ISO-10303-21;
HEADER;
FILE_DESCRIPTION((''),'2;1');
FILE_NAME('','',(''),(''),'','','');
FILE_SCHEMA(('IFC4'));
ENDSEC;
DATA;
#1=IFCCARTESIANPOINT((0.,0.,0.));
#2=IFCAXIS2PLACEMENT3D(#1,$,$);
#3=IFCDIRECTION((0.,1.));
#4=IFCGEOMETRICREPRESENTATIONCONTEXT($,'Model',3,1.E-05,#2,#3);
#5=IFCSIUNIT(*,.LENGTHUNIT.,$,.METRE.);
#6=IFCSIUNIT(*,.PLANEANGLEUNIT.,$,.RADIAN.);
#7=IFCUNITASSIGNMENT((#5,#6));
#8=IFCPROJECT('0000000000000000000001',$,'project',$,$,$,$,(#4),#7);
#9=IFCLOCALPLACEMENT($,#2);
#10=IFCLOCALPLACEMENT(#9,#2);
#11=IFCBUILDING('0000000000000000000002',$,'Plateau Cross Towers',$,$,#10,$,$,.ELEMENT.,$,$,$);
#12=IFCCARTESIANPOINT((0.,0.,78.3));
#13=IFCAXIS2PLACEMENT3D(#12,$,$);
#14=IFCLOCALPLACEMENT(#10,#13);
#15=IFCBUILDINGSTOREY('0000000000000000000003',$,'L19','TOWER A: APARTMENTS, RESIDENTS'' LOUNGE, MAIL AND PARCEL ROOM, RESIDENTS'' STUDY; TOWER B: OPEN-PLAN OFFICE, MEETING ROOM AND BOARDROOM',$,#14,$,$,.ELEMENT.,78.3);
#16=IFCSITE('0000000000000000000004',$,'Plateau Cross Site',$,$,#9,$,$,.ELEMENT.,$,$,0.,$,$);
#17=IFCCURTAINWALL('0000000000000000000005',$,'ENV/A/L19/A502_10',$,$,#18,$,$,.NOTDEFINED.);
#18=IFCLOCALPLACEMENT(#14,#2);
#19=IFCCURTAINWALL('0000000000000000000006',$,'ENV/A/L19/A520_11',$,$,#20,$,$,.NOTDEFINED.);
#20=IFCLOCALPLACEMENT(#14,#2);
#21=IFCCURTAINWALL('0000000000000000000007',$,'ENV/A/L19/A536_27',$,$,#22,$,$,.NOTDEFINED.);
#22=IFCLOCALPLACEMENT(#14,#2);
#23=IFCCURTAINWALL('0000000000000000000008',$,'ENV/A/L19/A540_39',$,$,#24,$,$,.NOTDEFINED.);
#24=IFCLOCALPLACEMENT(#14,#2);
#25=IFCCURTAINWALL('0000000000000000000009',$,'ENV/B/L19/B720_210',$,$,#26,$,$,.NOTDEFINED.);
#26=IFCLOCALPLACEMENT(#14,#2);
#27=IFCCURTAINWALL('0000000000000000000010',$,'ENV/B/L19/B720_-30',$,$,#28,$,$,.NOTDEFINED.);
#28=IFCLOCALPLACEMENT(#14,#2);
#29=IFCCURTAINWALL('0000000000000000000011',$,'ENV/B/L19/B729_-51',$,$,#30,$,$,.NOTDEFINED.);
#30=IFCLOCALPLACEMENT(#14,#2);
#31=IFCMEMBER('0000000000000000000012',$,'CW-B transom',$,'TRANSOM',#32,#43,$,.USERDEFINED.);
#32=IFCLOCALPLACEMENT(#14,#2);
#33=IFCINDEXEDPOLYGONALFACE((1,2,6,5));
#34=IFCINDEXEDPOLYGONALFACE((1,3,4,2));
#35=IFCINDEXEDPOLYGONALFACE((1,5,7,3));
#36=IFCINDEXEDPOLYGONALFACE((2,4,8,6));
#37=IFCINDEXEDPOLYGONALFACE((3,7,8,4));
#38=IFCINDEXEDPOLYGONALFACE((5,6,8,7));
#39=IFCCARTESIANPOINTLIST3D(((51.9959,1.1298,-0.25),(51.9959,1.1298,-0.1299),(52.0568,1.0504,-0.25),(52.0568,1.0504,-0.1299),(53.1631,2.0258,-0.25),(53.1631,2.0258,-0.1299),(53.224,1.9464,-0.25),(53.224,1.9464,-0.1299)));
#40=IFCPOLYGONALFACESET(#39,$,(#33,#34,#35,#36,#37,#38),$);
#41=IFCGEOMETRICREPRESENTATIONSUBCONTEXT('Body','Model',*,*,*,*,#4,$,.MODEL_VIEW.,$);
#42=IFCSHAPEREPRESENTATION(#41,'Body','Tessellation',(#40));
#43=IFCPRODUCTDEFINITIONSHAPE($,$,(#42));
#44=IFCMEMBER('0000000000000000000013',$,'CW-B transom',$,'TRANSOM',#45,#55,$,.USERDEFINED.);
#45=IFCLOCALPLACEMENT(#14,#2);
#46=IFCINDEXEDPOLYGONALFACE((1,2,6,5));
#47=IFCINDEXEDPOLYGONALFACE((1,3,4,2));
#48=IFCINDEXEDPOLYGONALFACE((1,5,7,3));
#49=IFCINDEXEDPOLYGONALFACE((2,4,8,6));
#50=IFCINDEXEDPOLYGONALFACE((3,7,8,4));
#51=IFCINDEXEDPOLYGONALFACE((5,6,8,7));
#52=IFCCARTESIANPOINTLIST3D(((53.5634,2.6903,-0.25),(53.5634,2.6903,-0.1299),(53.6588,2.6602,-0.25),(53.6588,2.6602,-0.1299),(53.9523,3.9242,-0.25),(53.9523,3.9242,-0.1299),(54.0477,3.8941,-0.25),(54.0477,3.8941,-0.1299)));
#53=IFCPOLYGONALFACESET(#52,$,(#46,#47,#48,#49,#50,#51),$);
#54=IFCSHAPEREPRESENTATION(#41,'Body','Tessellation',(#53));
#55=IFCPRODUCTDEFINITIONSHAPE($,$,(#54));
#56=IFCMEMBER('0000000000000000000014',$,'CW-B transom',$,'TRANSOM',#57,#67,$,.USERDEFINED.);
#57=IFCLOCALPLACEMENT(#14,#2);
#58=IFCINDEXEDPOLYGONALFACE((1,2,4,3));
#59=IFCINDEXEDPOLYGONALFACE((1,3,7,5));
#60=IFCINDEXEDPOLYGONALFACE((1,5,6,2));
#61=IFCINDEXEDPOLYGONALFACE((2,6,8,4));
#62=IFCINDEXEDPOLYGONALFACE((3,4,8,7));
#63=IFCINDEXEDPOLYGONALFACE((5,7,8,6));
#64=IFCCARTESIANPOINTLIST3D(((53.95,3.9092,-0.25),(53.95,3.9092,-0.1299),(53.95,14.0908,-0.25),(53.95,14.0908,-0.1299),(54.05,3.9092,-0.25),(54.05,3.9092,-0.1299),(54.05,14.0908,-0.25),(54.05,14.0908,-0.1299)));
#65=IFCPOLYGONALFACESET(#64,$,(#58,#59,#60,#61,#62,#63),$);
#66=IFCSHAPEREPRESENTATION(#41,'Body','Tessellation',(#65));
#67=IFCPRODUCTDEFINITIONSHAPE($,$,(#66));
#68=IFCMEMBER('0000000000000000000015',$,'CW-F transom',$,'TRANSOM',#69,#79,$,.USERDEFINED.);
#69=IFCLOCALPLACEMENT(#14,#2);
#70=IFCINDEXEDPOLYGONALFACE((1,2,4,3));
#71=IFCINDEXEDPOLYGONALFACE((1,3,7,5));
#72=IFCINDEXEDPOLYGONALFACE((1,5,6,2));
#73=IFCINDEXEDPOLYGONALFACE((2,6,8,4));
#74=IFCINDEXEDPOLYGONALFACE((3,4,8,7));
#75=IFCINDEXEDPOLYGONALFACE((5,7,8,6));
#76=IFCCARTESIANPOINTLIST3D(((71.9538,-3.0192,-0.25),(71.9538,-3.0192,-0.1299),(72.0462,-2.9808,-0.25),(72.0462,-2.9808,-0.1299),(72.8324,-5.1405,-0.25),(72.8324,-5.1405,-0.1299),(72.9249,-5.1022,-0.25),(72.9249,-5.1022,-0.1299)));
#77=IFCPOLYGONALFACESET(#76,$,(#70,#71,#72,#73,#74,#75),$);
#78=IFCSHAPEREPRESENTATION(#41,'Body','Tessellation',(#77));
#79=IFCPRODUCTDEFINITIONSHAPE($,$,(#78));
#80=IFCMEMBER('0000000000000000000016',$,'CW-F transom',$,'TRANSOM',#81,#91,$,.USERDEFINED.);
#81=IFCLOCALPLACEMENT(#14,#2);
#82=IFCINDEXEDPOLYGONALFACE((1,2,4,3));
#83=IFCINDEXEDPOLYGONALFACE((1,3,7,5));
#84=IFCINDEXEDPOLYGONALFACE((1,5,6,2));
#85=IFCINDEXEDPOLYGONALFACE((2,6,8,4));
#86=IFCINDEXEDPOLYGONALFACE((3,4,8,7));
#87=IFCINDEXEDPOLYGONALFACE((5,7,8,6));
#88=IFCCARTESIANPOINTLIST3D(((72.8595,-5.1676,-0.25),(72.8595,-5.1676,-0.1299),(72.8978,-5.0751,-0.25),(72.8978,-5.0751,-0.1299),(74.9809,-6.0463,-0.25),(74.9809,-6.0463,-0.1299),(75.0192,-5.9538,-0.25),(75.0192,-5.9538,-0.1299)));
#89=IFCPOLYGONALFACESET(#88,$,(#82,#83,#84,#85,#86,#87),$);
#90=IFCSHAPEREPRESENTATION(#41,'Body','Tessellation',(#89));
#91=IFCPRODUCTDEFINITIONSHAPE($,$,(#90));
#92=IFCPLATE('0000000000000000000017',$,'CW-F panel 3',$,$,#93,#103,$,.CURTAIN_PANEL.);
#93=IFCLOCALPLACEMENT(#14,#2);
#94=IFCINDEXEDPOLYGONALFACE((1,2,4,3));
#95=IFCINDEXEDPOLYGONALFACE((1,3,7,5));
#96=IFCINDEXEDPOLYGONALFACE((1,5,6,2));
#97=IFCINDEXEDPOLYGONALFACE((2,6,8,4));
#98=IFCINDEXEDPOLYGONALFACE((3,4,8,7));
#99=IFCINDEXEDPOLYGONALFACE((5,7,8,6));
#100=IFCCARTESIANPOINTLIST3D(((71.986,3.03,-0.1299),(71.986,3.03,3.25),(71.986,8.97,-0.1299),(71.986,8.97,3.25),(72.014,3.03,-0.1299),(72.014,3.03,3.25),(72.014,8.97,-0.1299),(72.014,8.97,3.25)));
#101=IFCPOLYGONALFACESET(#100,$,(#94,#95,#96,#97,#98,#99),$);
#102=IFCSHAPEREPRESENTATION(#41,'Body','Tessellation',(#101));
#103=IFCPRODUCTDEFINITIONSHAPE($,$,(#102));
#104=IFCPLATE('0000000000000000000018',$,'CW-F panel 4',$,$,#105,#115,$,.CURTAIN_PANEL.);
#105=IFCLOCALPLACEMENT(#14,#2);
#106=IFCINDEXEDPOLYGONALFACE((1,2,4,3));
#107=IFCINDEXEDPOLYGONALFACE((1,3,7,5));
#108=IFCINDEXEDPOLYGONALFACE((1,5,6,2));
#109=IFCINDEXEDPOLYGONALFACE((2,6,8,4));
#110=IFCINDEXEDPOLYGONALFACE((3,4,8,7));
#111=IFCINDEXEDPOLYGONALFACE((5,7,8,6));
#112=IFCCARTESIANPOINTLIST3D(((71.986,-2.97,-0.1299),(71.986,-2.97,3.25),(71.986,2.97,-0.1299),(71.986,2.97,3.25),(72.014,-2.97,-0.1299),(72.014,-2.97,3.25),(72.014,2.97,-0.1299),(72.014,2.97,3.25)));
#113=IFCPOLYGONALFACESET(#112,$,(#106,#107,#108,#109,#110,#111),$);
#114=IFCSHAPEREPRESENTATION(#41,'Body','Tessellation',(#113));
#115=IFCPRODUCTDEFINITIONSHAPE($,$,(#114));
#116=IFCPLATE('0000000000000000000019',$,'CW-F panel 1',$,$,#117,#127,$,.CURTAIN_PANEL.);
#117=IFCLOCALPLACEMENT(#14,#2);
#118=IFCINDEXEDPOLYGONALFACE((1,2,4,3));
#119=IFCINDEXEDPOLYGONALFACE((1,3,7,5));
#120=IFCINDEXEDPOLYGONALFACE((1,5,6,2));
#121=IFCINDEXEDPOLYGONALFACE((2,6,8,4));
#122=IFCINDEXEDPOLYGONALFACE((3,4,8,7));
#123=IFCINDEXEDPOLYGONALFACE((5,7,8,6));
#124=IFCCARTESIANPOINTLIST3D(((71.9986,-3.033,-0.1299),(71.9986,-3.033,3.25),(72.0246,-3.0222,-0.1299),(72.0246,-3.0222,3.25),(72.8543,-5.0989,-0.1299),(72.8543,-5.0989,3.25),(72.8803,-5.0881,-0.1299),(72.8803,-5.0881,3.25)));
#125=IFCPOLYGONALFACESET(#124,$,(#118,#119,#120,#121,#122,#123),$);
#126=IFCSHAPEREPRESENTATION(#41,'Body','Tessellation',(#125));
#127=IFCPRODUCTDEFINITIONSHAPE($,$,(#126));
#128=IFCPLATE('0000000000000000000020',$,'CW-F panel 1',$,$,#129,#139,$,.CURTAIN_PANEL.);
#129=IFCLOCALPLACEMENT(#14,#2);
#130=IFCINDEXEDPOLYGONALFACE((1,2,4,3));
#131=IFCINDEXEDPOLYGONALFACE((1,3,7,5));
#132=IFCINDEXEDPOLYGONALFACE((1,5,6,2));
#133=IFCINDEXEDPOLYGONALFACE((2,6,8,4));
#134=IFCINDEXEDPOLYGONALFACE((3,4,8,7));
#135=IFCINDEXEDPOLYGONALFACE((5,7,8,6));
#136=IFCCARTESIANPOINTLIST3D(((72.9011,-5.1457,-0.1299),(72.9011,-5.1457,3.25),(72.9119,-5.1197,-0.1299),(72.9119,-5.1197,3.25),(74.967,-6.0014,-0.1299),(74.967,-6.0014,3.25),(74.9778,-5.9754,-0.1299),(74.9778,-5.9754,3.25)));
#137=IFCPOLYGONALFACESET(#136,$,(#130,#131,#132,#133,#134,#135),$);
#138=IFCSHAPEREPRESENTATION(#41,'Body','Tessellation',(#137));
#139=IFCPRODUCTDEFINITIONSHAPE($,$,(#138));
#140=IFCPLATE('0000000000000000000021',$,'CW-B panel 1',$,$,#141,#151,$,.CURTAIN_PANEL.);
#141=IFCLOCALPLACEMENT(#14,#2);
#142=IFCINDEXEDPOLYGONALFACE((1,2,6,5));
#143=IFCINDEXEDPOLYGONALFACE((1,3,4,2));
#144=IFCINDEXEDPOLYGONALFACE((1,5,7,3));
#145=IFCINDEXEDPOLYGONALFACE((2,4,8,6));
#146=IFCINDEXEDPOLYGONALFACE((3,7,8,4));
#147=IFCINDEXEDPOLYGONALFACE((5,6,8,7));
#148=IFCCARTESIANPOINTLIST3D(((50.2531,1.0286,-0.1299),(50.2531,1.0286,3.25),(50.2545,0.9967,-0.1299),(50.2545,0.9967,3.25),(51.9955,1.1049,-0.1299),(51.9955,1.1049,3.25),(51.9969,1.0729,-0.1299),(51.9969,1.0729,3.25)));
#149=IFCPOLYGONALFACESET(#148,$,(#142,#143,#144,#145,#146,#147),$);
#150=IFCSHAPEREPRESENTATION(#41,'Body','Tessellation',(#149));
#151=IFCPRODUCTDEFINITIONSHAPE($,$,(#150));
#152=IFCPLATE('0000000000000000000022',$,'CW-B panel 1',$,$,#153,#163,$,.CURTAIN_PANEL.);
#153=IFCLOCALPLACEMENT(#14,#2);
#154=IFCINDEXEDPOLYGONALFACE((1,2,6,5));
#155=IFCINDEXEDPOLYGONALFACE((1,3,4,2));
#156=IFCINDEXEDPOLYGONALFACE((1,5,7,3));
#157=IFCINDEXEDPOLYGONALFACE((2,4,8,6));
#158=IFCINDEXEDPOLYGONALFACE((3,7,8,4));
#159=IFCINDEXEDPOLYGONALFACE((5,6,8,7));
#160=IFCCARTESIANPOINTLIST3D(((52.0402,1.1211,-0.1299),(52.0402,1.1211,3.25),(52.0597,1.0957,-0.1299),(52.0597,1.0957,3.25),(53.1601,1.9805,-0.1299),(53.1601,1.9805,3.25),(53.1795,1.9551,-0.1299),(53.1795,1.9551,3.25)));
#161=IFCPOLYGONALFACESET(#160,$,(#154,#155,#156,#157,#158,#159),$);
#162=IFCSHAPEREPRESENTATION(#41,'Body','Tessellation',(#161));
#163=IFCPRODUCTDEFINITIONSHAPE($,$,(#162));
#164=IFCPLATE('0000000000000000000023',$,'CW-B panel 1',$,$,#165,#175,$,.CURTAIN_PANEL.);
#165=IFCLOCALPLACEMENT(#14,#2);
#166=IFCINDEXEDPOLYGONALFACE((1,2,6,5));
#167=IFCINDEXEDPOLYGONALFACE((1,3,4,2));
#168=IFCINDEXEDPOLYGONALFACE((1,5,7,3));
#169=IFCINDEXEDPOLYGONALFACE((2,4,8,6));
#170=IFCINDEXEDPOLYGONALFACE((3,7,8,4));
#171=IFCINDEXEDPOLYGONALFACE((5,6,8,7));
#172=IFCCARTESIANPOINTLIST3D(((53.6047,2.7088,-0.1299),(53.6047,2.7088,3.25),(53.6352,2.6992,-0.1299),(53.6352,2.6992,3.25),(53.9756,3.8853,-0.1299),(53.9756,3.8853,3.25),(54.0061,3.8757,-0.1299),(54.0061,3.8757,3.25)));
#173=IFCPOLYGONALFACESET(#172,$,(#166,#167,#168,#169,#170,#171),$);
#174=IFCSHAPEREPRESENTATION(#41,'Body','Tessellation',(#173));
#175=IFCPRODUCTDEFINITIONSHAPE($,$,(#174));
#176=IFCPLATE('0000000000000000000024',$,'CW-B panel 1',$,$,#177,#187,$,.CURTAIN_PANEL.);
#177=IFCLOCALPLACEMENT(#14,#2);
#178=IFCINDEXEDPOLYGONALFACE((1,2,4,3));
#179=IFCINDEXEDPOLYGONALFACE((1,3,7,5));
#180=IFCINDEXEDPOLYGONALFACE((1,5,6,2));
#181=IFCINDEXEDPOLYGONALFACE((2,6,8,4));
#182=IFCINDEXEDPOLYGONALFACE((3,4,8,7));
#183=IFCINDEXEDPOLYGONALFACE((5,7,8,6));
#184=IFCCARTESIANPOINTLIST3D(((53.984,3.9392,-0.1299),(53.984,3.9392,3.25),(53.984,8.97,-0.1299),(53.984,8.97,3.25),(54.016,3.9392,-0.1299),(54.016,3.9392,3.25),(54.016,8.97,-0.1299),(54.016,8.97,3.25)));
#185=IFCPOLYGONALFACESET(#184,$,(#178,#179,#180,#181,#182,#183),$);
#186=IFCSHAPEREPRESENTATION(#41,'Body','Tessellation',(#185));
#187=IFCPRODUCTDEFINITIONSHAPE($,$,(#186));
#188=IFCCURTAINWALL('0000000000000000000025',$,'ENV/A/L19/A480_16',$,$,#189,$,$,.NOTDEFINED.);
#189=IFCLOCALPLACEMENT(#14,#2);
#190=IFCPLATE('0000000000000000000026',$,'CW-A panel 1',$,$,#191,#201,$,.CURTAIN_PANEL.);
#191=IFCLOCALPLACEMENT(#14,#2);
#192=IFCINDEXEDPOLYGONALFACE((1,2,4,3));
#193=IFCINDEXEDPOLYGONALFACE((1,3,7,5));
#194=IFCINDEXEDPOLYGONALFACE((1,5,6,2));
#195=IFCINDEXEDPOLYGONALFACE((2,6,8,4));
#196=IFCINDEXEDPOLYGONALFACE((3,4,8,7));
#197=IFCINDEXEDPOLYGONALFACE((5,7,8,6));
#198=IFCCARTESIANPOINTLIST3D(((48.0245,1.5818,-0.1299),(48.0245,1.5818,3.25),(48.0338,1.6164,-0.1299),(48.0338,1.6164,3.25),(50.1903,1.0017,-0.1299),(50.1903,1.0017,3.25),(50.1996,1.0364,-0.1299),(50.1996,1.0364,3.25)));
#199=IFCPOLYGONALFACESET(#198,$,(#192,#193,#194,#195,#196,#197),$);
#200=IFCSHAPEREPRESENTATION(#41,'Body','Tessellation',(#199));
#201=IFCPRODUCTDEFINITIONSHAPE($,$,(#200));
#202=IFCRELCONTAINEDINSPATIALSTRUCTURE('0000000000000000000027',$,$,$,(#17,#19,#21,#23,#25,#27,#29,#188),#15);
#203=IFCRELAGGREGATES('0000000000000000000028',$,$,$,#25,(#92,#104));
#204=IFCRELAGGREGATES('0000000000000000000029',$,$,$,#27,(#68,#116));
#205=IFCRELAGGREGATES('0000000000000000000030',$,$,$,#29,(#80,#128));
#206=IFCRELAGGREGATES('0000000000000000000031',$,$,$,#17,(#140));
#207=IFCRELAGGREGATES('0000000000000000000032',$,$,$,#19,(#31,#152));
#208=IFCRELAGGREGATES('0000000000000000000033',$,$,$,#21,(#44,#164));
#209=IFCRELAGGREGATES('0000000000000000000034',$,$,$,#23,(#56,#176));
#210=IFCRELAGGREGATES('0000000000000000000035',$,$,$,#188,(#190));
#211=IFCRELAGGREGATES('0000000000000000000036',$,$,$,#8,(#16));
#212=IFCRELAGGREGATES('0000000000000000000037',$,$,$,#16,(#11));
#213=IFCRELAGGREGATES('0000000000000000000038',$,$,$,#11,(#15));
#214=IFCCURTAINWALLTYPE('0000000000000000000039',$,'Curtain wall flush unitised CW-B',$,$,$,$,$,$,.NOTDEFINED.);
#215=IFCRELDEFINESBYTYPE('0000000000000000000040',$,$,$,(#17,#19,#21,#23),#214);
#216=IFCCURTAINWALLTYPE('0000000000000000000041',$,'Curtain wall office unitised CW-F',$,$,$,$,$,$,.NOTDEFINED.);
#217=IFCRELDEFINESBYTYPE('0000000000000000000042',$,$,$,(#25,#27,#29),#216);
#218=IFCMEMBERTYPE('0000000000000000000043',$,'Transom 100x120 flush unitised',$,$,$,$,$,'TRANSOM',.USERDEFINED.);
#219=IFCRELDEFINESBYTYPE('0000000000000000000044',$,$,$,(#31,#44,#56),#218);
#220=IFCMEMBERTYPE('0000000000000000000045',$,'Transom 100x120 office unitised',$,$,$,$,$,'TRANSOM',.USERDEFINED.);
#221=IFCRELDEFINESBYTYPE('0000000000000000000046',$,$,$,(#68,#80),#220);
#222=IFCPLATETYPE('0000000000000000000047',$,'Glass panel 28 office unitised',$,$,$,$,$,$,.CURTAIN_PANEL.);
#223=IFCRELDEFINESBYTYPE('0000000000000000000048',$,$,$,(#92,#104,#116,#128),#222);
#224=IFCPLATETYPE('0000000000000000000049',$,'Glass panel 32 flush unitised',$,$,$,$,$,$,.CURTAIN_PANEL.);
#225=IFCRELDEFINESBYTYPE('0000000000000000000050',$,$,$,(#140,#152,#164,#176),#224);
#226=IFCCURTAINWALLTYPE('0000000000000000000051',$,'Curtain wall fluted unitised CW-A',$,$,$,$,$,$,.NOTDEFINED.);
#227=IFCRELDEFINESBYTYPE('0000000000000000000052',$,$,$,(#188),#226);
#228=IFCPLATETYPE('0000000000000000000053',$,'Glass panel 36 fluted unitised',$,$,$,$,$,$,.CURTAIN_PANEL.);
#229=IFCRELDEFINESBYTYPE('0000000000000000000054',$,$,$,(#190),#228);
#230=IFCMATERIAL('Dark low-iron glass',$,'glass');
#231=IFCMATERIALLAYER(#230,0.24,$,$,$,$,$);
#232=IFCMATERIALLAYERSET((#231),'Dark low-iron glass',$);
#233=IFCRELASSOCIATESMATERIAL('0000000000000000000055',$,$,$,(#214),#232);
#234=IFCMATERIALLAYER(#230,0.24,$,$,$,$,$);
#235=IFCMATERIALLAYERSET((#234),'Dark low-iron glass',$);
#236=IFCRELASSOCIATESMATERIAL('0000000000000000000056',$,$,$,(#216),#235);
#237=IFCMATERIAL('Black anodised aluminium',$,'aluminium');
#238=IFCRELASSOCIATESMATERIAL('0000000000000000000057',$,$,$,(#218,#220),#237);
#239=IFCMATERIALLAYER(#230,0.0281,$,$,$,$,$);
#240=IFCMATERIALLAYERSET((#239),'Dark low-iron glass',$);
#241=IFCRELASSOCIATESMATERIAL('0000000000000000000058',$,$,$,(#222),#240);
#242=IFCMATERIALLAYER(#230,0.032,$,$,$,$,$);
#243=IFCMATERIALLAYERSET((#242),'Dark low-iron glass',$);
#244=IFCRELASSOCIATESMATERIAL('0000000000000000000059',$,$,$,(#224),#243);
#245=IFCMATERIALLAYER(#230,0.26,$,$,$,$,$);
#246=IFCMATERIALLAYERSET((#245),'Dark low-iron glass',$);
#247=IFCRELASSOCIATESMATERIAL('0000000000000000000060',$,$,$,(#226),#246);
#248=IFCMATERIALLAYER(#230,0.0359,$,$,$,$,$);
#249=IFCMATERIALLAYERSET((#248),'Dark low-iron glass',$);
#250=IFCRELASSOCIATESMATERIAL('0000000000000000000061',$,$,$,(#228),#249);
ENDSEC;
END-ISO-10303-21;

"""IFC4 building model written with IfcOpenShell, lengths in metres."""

from ifc_helpers import new_model, si_unit, direction, frame, origin, origin_2d, place, context, subcontext, project, spatial, rectangle, extrude, material, layer, layer_set, material_profile, profile_set, type_object, element, aggregate, save


model = new_model("IFC4")

# Units and contexts
model_context = context("Model", 3, precision=1e-05, world=origin(), true_north=direction((0.0, 1.0)))
body_context = subcontext(model_context, "Body", "Model", "MODEL_VIEW")
ifc_project = project(units=[si_unit("LENGTHUNIT", "METRE"), si_unit("PLANEANGLEUNIT", "RADIAN")], contexts=[model_context])

# Site, building, storey
site_placement = place(None, origin())
site = spatial("IfcSite", under=ifc_project, at=site_placement, Name="Plateau Cross Site", CompositionType="ELEMENT", RefElevation=0.0)
building_placement = place(site_placement, origin())
building = spatial("IfcBuilding", under=site, at=building_placement, Name="Plateau Cross Towers", CompositionType="ELEMENT")
storey_placement = place(building_placement, frame((0.0, 0.0, 78.3)))
storey = spatial("IfcBuildingStorey", under=building, at=storey_placement, Name="L19", Description="TOWER A: APARTMENTS, RESIDENTS' LOUNGE, MAIL AND PARCEL ROOM, RESIDENTS' STUDY; TOWER B: OPEN-PLAN OFFICE, MEETING ROOM AND BOARDROOM", CompositionType="ELEMENT", Elevation=78.3)

# Curtain wall
ifc_material_1 = material(Name="Dark low-iron glass", Category="glass")
ifc_layer_1 = layer(ifc_material_1, 0.24)
ifc_layer_set_1 = layer_set([ifc_layer_1], Name="Dark low-iron glass")
curtain_wall_type_1 = type_object("IfcCurtainWallType", Name="Curtain wall flush unitised CW-B", PredefinedType="NOTDEFINED", material=ifc_layer_set_1)
curtain_wall_1_placement = place(storey_placement, origin())
curtain_wall_1 = element("IfcCurtainWall", 1, at=curtain_wall_1_placement, inside=storey, type_object=curtain_wall_type_1, Name="ENV/A/L19/A502_10", PredefinedType="NOTDEFINED")
ifc_material_2 = material(Name="Black anodised aluminium", Category="aluminium")

# Curtain wall
curtain_wall_2_placement = place(storey_placement, origin())
curtain_wall_2 = element("IfcCurtainWall", 2, at=curtain_wall_2_placement, inside=storey, type_object=curtain_wall_type_1, Name="ENV/A/L19/A520_11", PredefinedType="NOTDEFINED")

# Curtain wall
curtain_wall_3_placement = place(storey_placement, origin())
curtain_wall_3 = element("IfcCurtainWall", 3, at=curtain_wall_3_placement, inside=storey, type_object=curtain_wall_type_1, Name="ENV/A/L19/A536_27", PredefinedType="NOTDEFINED")

# Curtain wall
curtain_wall_4_placement = place(storey_placement, origin())
curtain_wall_4 = element("IfcCurtainWall", 4, at=curtain_wall_4_placement, inside=storey, type_object=curtain_wall_type_1, Name="ENV/A/L19/A540_39", PredefinedType="NOTDEFINED")

# Curtain walls
ifc_layer_2 = layer(ifc_material_1, 0.24)
ifc_layer_set_2 = layer_set([ifc_layer_2], Name="Dark low-iron glass")
curtain_wall_type_2 = type_object("IfcCurtainWallType", Name="Curtain wall office unitised CW-F", PredefinedType="NOTDEFINED", material=ifc_layer_set_2)
curtain_wall_5_placement = place(storey_placement, origin())
curtain_wall_5 = element("IfcCurtainWall", 5, at=curtain_wall_5_placement, inside=storey, type_object=curtain_wall_type_2, Name="ENV/B/L19/B720_210", PredefinedType="NOTDEFINED")
curtain_wall_6_placement = place(storey_placement, origin())
curtain_wall_6 = element("IfcCurtainWall", 6, at=curtain_wall_6_placement, inside=storey, type_object=curtain_wall_type_2, Name="ENV/B/L19/B720_-30", PredefinedType="NOTDEFINED")
curtain_wall_7_placement = place(storey_placement, origin())
curtain_wall_7 = element("IfcCurtainWall", 7, at=curtain_wall_7_placement, inside=storey, type_object=curtain_wall_type_2, Name="ENV/B/L19/B729_-51", PredefinedType="NOTDEFINED")

# Members
ifc_material_profile_1 = material_profile(ifc_material_2, rectangle(XDim=0.1001, YDim=0.1201, at=origin_2d()), Name="TRANSOM 100x120")
ifc_profile_set_1 = profile_set([ifc_material_profile_1], Name="Black anodised aluminium")
member_type_1 = type_object("IfcMemberType", Name="Transom 100x120 flush unitised", ElementType="TRANSOM", PredefinedType="USERDEFINED", material=ifc_profile_set_1)
member_1_placement = place(storey_placement, frame((52.0264, 1.0901, -0.1899), z_axis=(0.79324, 0.608909, 0.0), x_axis=(-0.608909, 0.79324, 0.0)))
member_1 = element("IfcMember", 8, at=member_1_placement, type_object=member_type_1, Name="CW-B transom", ObjectType="TRANSOM", PredefinedType="USERDEFINED", context=body_context, shape_type="SweptSolid", body=[
    extrude(rectangle(XDim=0.1001, YDim=0.1201, at=origin_2d()), origin(), (0.0, 0.0, 1.0), 1.4714),
])
member_2_placement = place(storey_placement, frame((53.6111, 2.6753, -0.1899), z_axis=(0.300617, 0.953745, 0.0), x_axis=(-0.953745, 0.300617, 0.0)))
member_2 = element("IfcMember", 9, at=member_2_placement, type_object=member_type_1, Name="CW-B transom", ObjectType="TRANSOM", PredefinedType="USERDEFINED", context=body_context, shape_type="SweptSolid", body=[
    extrude(rectangle(XDim=0.1001, YDim=0.1201, at=origin_2d()), origin(), (0.0, 0.0, 1.0), 1.2937),
])
member_3_placement = place(storey_placement, frame((54.0, 3.9092, -0.1899), z_axis=(0.0, 1.0, 0.0), x_axis=(-1.0, 0.0, 0.0)))
member_3 = element("IfcMember", 10, at=member_3_placement, type_object=member_type_1, Name="CW-B transom", ObjectType="TRANSOM", PredefinedType="USERDEFINED", context=body_context, shape_type="SweptSolid", body=[
    extrude(rectangle(XDim=0.1001, YDim=0.1201, at=origin_2d()), origin(), (0.0, 0.0, 1.0), 10.1816),
])
ifc_material_profile_2 = material_profile(ifc_material_2, rectangle(XDim=0.1001, YDim=0.1201, at=origin_2d()), Name="TRANSOM 100x120")
ifc_profile_set_2 = profile_set([ifc_material_profile_2], Name="Black anodised aluminium")
member_type_2 = type_object("IfcMemberType", Name="Transom 100x120 office unitised", ElementType="TRANSOM", PredefinedType="USERDEFINED", material=ifc_profile_set_2)
member_4_placement = place(storey_placement, frame((72.0, -3.0, -0.1899), z_axis=(0.382674, -0.923883, 0.0), x_axis=(0.923883, 0.382674, 0.0)))
member_4 = element("IfcMember", 11, at=member_4_placement, type_object=member_type_2, Name="CW-F transom", ObjectType="TRANSOM", PredefinedType="USERDEFINED", context=body_context, shape_type="SweptSolid", body=[
    extrude(rectangle(XDim=0.1001, YDim=0.1201, at=origin_2d()), origin(), (0.0, 0.0, 1.0), 2.2961),
])
member_5_placement = place(storey_placement, frame((72.8787, -5.1213, -0.1899), z_axis=(0.923883, -0.382674, 0.0), x_axis=(0.382674, 0.923883, 0.0)))
member_5 = element("IfcMember", 12, at=member_5_placement, type_object=member_type_2, Name="CW-F transom", ObjectType="TRANSOM", PredefinedType="USERDEFINED", context=body_context, shape_type="SweptSolid", body=[
    extrude(rectangle(XDim=0.1001, YDim=0.1201, at=origin_2d()), origin(), (0.0, 0.0, 1.0), 2.2961),
])

# Plates
ifc_layer_3 = layer(ifc_material_1, 0.0281)
ifc_layer_set_3 = layer_set([ifc_layer_3], Name="Dark low-iron glass")
plate_type_1 = type_object("IfcPlateType", Name="Glass panel 28 office unitised", PredefinedType="CURTAIN_PANEL", material=ifc_layer_set_3)
plate_1_placement = place(storey_placement, frame((72.0, 6.0, -0.1299), z_axis=(0.0, 0.0, 1.0), x_axis=(0.0, -1.0, 0.0)))
plate_1 = element("IfcPlate", 13, at=plate_1_placement, type_object=plate_type_1, Name="CW-F panel 3", PredefinedType="CURTAIN_PANEL", context=body_context, shape_type="SweptSolid", body=[
    extrude(rectangle(XDim=5.9399, YDim=0.0281, at=origin_2d()), origin(), (0.0, 0.0, 1.0), 3.3799),
])
plate_2_placement = place(storey_placement, frame((72.0, 0.0, -0.1299), z_axis=(0.0, 0.0, 1.0), x_axis=(0.0, -1.0, 0.0)))
plate_2 = element("IfcPlate", 14, at=plate_2_placement, type_object=plate_type_1, Name="CW-F panel 4", PredefinedType="CURTAIN_PANEL", context=body_context, shape_type="SweptSolid", body=[
    extrude(rectangle(XDim=5.9399, YDim=0.0281, at=origin_2d()), origin(), (0.0, 0.0, 1.0), 3.3799),
])
aggregate(curtain_wall_5, [plate_1, plate_2])
plate_3_placement = place(storey_placement, frame((72.4395, -4.0605, -0.1299), z_axis=(0.0, 0.0, 1.0), x_axis=(0.382684, -0.923879, 0.0)))
plate_3 = element("IfcPlate", 15, at=plate_3_placement, type_object=plate_type_1, Name="CW-F panel 1", PredefinedType="CURTAIN_PANEL", context=body_context, shape_type="SweptSolid", body=[
    extrude(rectangle(XDim=2.2361, YDim=0.0281, at=origin_2d()), origin(), (0.0, 0.0, 1.0), 3.3799),
])
aggregate(curtain_wall_6, [member_4, plate_3])
plate_4_placement = place(storey_placement, frame((73.9395, -5.5605, -0.1299), z_axis=(0.0, 0.0, 1.0), x_axis=(0.923879, -0.382684, 0.0)))
plate_4 = element("IfcPlate", 16, at=plate_4_placement, type_object=plate_type_1, Name="CW-F panel 1", PredefinedType="CURTAIN_PANEL", context=body_context, shape_type="SweptSolid", body=[
    extrude(rectangle(XDim=2.2361, YDim=0.0281, at=origin_2d()), origin(), (0.0, 0.0, 1.0), 3.3799),
])
aggregate(curtain_wall_7, [member_5, plate_4])
ifc_layer_4 = layer(ifc_material_1, 0.032)
ifc_layer_set_4 = layer_set([ifc_layer_4], Name="Dark low-iron glass")
plate_type_2 = type_object("IfcPlateType", Name="Glass panel 32 flush unitised", PredefinedType="CURTAIN_PANEL", material=ifc_layer_set_4)
plate_5_placement = place(storey_placement, frame((51.125, 1.0508, -0.1299), z_axis=(0.0, 0.0, 1.0), x_axis=(0.999044, 0.043723, 0.0)))
plate_5 = element("IfcPlate", 17, at=plate_5_placement, type_object=plate_type_2, Name="CW-B panel 1", PredefinedType="CURTAIN_PANEL", context=body_context, shape_type="SweptSolid", body=[
    extrude(rectangle(XDim=1.7441, YDim=0.032, at=origin_2d()), origin(), (0.0, 0.0, 1.0), 3.3799),
])
aggregate(curtain_wall_1, [plate_5])
plate_6_placement = place(storey_placement, frame((52.6099, 1.5381, -0.1299), z_axis=(0.0, 0.0, 1.0), x_axis=(0.793316, 0.608811, 0.0)))
plate_6 = element("IfcPlate", 18, at=plate_6_placement, type_object=plate_type_2, Name="CW-B panel 1", PredefinedType="CURTAIN_PANEL", context=body_context, shape_type="SweptSolid", body=[
    extrude(rectangle(XDim=1.4116, YDim=0.032, at=origin_2d()), origin(), (0.0, 0.0, 1.0), 3.3799),
])
aggregate(curtain_wall_2, [member_1, plate_6])
plate_7_placement = place(storey_placement, frame((53.8054, 3.2922, -0.1299), z_axis=(0.0, 0.0, 1.0), x_axis=(0.300686, 0.953723, 0.0)))
plate_7 = element("IfcPlate", 19, at=plate_7_placement, type_object=plate_type_2, Name="CW-B panel 1", PredefinedType="CURTAIN_PANEL", context=body_context, shape_type="SweptSolid", body=[
    extrude(rectangle(XDim=1.2336, YDim=0.032, at=origin_2d()), origin(), (0.0, 0.0, 1.0), 3.3799),
])
aggregate(curtain_wall_3, [member_2, plate_7])
plate_8_placement = place(storey_placement, frame((54.0, 6.4546, -0.1299), z_axis=(0.0, 0.0, 1.0), x_axis=(0.0, 1.0, 0.0)))
plate_8 = element("IfcPlate", 20, at=plate_8_placement, type_object=plate_type_2, Name="CW-B panel 1", PredefinedType="CURTAIN_PANEL", context=body_context, shape_type="SweptSolid", body=[
    extrude(rectangle(XDim=5.0308, YDim=0.032, at=origin_2d()), origin(), (0.0, 0.0, 1.0), 3.3799),
])
aggregate(curtain_wall_4, [member_3, plate_8])

# Curtain wall, plate
ifc_layer_5 = layer(ifc_material_1, 0.26)
ifc_layer_set_5 = layer_set([ifc_layer_5], Name="Dark low-iron glass")
curtain_wall_type_3 = type_object("IfcCurtainWallType", Name="Curtain wall fluted unitised CW-A", PredefinedType="NOTDEFINED", material=ifc_layer_set_5)
curtain_wall_8_placement = place(storey_placement, origin())
curtain_wall_8 = element("IfcCurtainWall", 21, at=curtain_wall_8_placement, inside=storey, type_object=curtain_wall_type_3, Name="ENV/A/L19/A480_16", PredefinedType="NOTDEFINED")
ifc_layer_6 = layer(ifc_material_1, 0.0359)
ifc_layer_set_6 = layer_set([ifc_layer_6], Name="Dark low-iron glass")
plate_type_3 = type_object("IfcPlateType", Name="Glass panel 36 fluted unitised", PredefinedType="CURTAIN_PANEL", material=ifc_layer_set_6)
plate_9_placement = place(storey_placement, frame((49.1121, 1.3091, -0.1299), z_axis=(0.0, 0.0, 1.0), x_axis=(0.965958, -0.258699, 0.0)))
plate_9 = element("IfcPlate", 22, at=plate_9_placement, type_object=plate_type_3, Name="CW-A panel 1", PredefinedType="CURTAIN_PANEL", context=body_context, shape_type="SweptSolid", body=[
    extrude(rectangle(XDim=2.2422, YDim=0.0359, at=origin_2d()), origin(), (0.0, 0.0, 1.0), 3.3799),
])
aggregate(curtain_wall_8, [plate_9])

save(model, "model.ifc")
